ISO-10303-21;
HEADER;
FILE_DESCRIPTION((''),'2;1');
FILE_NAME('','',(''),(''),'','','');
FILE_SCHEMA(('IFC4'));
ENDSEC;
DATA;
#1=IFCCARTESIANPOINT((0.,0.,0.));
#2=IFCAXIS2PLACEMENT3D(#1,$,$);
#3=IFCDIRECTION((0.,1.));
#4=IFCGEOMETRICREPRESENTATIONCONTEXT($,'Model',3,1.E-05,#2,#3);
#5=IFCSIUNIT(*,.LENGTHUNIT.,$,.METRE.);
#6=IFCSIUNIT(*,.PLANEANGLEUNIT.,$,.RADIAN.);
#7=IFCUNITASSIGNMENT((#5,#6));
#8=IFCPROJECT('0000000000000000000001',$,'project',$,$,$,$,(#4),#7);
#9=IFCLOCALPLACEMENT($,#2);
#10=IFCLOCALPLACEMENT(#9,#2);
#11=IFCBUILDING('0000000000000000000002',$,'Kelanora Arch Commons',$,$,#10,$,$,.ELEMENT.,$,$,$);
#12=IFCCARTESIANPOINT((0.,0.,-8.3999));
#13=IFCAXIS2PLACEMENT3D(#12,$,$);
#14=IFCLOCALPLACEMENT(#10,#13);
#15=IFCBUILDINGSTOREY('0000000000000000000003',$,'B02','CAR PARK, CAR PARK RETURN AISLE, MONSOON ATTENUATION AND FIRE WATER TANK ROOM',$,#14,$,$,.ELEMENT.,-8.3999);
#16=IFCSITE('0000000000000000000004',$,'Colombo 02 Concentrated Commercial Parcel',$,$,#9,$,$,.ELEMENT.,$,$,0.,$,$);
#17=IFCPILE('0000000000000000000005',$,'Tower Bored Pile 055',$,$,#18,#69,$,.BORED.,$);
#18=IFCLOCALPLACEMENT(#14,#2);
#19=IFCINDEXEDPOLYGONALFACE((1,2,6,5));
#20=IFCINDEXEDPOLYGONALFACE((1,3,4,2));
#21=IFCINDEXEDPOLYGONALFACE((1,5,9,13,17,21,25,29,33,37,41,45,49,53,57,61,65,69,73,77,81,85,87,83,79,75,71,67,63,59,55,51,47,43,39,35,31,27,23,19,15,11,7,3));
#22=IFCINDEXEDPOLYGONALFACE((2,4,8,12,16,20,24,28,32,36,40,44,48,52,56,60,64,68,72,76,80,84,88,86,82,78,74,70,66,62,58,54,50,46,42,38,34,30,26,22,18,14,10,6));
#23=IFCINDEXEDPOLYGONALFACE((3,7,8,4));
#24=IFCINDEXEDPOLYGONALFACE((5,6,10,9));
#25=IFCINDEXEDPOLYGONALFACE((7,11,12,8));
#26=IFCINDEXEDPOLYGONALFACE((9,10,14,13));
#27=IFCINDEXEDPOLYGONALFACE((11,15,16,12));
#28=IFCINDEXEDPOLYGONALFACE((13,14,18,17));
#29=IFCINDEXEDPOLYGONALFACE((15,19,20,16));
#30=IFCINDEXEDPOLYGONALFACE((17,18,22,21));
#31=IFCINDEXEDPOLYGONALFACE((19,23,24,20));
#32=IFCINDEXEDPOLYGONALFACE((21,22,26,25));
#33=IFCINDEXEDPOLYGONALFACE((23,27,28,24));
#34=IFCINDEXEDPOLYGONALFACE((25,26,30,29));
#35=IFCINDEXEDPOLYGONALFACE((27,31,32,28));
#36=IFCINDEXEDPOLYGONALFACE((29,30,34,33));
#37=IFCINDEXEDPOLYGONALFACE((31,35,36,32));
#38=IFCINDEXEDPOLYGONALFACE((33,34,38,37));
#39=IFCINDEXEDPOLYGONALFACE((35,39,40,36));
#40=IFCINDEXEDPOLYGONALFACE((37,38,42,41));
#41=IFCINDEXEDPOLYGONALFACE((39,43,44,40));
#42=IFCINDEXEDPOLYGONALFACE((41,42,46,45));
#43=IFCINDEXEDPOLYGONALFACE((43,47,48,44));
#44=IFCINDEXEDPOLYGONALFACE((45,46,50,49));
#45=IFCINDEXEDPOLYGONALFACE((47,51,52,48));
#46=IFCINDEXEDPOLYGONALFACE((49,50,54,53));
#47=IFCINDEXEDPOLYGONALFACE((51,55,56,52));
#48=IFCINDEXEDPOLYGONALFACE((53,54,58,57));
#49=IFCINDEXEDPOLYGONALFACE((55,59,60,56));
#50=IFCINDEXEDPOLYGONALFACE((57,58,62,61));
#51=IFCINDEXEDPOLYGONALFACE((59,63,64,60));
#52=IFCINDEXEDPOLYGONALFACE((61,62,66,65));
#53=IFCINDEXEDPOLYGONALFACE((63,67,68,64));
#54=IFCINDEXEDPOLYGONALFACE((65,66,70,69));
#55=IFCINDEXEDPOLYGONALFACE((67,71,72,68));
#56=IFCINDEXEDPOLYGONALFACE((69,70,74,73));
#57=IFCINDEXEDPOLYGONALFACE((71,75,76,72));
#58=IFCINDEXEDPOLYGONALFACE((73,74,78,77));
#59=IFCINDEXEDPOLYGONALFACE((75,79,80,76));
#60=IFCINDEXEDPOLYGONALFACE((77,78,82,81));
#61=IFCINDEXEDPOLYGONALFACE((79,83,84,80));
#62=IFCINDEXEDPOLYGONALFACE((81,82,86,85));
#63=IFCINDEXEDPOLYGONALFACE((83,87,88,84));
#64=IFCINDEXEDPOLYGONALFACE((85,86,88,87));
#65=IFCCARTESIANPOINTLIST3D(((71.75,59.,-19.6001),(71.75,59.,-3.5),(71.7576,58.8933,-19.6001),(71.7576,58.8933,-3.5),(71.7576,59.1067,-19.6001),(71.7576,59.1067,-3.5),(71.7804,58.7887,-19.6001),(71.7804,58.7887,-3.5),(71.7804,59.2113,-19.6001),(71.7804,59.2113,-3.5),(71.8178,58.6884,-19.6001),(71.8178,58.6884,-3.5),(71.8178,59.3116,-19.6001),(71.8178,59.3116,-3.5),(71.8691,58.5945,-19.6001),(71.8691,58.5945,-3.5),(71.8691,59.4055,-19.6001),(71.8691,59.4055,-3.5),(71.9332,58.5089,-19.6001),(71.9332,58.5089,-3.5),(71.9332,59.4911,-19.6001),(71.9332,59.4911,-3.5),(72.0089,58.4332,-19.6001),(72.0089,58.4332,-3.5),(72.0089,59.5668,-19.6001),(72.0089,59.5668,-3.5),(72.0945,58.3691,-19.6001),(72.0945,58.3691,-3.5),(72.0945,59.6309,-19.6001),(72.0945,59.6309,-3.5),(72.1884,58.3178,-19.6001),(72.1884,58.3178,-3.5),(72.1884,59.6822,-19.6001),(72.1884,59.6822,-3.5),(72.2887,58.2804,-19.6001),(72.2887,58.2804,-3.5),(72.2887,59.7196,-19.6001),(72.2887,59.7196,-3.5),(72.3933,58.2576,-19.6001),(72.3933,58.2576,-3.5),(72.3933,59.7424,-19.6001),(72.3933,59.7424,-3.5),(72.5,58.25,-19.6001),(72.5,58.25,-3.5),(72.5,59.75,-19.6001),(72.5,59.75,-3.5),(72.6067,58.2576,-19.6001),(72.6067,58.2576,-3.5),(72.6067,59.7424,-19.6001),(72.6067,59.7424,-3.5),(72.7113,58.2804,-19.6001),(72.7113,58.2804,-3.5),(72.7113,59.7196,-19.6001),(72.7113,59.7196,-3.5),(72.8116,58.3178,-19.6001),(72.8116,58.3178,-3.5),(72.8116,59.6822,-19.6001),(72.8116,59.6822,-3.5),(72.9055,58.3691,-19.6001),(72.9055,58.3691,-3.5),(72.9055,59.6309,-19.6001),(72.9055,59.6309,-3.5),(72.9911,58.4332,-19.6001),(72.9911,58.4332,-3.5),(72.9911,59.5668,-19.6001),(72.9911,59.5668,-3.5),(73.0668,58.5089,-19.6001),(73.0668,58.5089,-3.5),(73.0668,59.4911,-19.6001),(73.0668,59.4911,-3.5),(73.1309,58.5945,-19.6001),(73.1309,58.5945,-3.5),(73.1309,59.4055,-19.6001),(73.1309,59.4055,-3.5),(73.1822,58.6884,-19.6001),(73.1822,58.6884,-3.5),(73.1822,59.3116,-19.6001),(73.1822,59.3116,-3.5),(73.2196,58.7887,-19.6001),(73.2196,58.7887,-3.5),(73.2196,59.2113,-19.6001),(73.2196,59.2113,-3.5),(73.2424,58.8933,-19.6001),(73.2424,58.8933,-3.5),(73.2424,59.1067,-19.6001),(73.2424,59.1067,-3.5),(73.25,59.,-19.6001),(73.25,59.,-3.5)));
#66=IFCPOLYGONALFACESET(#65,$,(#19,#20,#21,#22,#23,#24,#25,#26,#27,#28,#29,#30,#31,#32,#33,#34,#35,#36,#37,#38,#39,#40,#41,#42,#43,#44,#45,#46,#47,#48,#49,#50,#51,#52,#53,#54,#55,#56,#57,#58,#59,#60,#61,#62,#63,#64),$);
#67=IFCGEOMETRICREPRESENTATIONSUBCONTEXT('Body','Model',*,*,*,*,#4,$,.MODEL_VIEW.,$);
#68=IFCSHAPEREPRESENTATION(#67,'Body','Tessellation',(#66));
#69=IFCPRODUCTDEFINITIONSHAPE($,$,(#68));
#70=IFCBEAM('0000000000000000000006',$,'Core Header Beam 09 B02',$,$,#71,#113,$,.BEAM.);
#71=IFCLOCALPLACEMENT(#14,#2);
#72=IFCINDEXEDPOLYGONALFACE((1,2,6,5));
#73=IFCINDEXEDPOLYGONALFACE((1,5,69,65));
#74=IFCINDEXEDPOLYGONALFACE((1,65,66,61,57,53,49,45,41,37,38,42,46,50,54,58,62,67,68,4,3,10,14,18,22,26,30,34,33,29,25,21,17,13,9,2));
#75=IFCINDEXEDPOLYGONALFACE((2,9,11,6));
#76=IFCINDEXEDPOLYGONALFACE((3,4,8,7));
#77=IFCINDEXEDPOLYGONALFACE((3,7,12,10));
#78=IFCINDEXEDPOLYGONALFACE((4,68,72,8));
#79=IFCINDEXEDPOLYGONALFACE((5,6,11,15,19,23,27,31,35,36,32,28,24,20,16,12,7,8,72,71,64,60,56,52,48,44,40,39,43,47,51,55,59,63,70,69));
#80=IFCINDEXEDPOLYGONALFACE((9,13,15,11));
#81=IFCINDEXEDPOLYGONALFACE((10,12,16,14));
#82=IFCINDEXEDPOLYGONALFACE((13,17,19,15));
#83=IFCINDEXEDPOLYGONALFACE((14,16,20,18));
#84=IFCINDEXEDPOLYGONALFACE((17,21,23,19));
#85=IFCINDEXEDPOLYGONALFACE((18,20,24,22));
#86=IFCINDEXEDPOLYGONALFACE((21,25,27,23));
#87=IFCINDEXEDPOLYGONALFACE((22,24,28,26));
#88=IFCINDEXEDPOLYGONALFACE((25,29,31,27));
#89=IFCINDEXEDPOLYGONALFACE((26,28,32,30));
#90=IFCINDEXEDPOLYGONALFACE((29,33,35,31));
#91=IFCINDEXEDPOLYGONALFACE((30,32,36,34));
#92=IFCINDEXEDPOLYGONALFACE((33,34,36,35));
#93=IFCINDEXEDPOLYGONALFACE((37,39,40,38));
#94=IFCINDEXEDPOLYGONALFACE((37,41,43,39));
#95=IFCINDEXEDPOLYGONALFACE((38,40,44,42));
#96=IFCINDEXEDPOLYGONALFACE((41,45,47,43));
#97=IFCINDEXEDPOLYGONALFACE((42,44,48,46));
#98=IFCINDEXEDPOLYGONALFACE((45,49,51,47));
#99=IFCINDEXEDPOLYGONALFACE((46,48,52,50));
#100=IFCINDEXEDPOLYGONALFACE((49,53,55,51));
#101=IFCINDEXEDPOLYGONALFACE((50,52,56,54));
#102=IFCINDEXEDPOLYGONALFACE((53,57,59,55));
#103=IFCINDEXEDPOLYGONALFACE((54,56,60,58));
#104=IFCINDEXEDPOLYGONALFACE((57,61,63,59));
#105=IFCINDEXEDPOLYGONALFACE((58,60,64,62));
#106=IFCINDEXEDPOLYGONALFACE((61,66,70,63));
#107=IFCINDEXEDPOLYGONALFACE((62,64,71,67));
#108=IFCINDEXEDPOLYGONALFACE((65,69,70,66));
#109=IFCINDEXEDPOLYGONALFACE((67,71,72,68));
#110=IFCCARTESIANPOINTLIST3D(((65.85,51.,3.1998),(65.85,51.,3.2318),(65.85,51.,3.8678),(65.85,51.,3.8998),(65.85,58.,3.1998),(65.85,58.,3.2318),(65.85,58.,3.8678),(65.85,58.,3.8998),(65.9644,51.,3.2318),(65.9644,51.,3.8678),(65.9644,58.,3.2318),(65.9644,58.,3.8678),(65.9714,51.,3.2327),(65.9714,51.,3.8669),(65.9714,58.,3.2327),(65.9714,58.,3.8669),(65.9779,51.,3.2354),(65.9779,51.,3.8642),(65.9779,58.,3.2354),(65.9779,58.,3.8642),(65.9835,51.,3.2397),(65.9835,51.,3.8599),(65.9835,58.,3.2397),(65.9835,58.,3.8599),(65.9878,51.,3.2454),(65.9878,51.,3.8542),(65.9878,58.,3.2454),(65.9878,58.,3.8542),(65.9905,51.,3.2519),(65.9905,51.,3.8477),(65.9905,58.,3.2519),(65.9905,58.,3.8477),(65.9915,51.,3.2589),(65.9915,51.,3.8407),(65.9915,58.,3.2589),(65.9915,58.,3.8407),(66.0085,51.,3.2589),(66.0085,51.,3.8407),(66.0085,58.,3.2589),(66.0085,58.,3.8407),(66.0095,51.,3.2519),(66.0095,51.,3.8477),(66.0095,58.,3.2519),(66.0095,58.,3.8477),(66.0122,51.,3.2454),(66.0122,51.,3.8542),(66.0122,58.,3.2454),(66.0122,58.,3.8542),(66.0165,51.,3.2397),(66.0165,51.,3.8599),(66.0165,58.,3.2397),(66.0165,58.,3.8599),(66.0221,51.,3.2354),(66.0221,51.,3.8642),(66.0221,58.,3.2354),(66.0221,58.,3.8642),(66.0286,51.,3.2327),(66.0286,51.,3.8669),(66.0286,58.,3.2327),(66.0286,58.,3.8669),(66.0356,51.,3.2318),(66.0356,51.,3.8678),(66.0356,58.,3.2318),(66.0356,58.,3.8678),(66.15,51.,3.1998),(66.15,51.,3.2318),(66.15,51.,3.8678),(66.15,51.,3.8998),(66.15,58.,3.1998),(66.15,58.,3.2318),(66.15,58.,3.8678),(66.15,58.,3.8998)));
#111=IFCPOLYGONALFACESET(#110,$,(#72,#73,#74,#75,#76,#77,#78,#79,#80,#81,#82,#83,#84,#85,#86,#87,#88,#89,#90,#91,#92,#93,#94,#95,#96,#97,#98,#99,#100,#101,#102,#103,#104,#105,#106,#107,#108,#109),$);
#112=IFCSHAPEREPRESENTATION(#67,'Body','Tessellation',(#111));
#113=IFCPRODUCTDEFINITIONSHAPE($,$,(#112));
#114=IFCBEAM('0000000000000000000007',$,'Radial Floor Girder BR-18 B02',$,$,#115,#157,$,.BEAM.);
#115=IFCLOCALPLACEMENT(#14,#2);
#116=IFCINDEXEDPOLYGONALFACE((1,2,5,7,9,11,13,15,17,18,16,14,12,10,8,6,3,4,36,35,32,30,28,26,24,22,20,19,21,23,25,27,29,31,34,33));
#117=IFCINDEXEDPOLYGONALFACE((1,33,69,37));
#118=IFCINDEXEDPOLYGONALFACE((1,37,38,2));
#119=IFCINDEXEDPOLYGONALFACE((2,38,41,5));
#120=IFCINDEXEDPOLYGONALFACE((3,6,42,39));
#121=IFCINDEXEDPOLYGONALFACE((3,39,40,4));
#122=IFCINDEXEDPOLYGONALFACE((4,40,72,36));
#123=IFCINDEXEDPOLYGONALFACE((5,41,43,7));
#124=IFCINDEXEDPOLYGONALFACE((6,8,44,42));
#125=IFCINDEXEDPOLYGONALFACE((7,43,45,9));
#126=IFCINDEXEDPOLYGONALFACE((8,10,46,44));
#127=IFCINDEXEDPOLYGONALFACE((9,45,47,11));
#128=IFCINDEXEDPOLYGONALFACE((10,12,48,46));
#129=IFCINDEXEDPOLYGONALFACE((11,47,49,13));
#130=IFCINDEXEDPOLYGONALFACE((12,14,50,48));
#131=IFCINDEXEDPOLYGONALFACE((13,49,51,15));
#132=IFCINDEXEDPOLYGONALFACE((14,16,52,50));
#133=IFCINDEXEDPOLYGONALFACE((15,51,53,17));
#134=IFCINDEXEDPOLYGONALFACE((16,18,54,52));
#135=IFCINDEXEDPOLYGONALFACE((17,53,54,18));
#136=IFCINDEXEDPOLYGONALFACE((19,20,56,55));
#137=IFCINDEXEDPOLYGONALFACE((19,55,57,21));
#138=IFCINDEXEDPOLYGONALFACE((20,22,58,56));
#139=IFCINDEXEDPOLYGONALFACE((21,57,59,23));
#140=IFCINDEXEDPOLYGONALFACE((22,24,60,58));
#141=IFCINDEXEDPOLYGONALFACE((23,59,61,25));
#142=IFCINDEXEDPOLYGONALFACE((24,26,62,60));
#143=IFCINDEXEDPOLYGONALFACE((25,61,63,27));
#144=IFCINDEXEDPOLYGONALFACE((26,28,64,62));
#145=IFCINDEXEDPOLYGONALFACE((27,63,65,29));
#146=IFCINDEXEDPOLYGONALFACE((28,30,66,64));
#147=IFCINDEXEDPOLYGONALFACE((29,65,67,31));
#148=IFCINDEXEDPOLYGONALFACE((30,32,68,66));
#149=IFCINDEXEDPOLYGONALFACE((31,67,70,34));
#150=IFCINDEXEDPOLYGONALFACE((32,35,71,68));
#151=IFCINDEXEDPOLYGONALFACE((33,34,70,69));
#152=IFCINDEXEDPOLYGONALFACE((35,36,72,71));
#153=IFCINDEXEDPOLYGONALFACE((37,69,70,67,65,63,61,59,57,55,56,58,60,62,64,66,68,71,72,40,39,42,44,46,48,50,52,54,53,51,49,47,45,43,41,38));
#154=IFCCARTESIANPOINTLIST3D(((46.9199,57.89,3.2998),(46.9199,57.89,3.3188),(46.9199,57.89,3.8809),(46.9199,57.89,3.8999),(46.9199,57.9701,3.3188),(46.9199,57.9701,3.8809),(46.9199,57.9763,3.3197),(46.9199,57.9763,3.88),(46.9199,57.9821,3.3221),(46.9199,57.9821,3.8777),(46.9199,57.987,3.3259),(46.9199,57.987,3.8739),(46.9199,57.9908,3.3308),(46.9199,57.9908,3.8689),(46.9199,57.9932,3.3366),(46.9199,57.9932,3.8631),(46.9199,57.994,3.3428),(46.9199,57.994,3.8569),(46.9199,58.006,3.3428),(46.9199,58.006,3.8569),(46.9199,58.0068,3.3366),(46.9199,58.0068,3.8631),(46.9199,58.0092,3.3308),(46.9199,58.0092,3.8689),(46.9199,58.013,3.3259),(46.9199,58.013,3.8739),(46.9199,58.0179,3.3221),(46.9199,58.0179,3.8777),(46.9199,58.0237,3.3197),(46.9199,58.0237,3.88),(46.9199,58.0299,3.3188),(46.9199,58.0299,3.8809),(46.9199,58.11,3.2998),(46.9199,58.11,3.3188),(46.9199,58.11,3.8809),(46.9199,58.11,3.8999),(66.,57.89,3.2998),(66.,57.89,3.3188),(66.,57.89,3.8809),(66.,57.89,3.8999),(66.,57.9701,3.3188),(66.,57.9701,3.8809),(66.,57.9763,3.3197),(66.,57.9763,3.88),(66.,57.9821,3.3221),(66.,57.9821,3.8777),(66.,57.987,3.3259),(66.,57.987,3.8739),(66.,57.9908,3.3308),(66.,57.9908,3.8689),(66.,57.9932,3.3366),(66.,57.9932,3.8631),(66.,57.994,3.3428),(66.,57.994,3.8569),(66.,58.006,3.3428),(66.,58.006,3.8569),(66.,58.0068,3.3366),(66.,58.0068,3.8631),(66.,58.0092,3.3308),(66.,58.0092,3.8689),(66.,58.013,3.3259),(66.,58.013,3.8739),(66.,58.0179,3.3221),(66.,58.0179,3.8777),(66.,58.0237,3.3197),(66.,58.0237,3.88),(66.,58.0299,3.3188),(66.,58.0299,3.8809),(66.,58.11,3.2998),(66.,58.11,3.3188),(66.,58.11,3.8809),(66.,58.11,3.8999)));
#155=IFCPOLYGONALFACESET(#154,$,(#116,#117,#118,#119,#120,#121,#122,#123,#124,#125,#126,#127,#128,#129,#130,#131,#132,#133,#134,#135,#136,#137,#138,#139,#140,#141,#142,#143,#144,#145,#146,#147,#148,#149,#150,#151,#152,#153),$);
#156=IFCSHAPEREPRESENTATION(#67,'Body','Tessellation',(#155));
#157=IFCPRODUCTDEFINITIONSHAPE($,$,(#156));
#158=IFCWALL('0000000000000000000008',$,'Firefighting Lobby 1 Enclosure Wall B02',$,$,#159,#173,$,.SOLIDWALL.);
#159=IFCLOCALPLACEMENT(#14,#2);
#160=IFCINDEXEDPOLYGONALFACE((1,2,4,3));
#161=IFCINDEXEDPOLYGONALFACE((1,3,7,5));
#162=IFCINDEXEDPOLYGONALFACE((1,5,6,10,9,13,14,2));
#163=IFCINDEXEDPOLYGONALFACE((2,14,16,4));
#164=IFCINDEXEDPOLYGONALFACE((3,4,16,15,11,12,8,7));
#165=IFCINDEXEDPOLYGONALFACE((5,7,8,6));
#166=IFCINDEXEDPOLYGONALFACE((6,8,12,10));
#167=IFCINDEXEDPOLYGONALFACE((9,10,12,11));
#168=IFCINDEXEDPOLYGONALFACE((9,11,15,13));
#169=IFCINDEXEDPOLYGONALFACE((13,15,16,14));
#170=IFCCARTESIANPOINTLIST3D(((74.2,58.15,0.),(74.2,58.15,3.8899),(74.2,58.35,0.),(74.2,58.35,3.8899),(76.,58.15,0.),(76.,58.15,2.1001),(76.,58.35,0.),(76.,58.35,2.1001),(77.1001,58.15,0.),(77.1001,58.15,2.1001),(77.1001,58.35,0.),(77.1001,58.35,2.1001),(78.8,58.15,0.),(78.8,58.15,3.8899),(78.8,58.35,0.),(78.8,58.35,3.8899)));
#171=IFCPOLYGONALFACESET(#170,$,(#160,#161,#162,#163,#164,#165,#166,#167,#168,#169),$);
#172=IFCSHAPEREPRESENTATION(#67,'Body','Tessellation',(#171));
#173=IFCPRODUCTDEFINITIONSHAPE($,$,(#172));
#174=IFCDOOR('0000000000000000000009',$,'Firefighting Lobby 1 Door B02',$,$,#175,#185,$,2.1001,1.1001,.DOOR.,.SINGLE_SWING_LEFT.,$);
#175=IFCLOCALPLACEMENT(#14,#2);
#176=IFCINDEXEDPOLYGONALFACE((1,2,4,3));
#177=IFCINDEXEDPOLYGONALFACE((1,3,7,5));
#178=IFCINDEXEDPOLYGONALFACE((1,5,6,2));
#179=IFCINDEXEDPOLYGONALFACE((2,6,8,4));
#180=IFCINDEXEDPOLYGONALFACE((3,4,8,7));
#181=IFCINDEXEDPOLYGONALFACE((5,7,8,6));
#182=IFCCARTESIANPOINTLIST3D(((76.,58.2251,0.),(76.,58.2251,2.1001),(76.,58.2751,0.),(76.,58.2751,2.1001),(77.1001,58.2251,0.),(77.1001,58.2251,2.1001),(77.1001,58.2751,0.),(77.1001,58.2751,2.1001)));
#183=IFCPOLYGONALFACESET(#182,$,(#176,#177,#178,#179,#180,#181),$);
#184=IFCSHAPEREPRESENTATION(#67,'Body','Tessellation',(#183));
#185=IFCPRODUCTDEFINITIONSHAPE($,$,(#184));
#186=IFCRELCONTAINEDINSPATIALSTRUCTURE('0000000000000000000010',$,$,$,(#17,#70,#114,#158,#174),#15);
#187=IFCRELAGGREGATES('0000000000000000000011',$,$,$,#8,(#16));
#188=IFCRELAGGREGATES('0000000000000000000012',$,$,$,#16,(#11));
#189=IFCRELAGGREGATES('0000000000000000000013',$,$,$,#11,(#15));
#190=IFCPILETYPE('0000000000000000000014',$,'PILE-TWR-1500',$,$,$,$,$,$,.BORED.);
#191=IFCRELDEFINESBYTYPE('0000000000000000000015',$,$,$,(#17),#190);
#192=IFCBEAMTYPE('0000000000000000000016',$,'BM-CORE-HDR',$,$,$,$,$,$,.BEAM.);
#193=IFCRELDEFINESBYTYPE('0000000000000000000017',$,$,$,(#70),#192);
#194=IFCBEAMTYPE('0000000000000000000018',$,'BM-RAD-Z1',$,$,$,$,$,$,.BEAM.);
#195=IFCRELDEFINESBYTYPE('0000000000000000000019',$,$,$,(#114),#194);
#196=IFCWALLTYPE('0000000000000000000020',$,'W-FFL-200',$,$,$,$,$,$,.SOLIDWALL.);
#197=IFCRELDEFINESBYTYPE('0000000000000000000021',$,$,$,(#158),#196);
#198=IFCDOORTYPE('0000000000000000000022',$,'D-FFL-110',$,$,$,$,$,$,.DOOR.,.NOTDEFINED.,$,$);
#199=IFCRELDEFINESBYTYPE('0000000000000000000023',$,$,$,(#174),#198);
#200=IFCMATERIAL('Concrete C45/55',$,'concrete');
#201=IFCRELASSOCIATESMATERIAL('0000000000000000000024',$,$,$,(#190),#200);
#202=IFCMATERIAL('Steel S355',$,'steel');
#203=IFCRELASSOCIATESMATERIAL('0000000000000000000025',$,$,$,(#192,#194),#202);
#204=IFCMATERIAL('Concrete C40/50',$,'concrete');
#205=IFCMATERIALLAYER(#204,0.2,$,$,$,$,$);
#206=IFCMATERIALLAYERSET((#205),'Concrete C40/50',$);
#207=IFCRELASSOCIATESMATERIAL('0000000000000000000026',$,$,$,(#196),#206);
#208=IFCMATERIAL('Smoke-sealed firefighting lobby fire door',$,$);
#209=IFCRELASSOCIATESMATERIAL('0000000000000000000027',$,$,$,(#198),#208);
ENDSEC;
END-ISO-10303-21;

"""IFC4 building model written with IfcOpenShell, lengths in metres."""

from ifc_helpers import new_model, si_unit, direction, frame, frame_2d, origin, origin_2d, place, context, subcontext, project, spatial, rectangle, circle, i_section, extrude, source, transform, mapped, material, layer, layer_set, material_profile, profile_set, type_object, element, fill, save


model = new_model("IFC4")

# Units and contexts
model_context = context("Model", 3, precision=1e-05, world=origin(), true_north=direction((0.0, 1.0)))
body_context = subcontext(model_context, "Body", "Model", "MODEL_VIEW")
ifc_project = project(units=[si_unit("LENGTHUNIT", "METRE"), si_unit("PLANEANGLEUNIT", "RADIAN")], contexts=[model_context])

# Site, building, storey
site_placement = place(None, origin())
site = spatial("IfcSite", under=ifc_project, at=site_placement, Name="Colombo 02 Concentrated Commercial Parcel", CompositionType="ELEMENT", RefElevation=0.0)
building_placement = place(site_placement, origin())
building = spatial("IfcBuilding", under=site, at=building_placement, Name="Kelanora Arch Commons", CompositionType="ELEMENT")
storey_placement = place(building_placement, frame((0.0, 0.0, -8.3999)))
storey = spatial("IfcBuildingStorey", under=building, at=storey_placement, Name="B02", Description="CAR PARK, CAR PARK RETURN AISLE, MONSOON ATTENUATION AND FIRE WATER TANK ROOM", CompositionType="ELEMENT", Elevation=-8.3999)

# Pile
ifc_material_1 = material(Name="Concrete C45/55", Category="concrete")
ifc_material_profile_1 = material_profile(ifc_material_1, circle(Radius=0.75, at=origin_2d()), Name="PILE1500")
ifc_profile_set_1 = profile_set([ifc_material_profile_1], Name="Concrete C45/55")
pile_type = type_object("IfcPileType", Name="PILE-TWR-1500", PredefinedType="BORED", material=ifc_profile_set_1)
shared_shape_1 = source(origin(), body_context, "Body", "SweptSolid", [
    extrude(circle(Radius=0.75, at=origin_2d()), origin(), (0.0, 0.0, 1.0), 16.1001),
])
for number, where, z_axis, x_axis, name in (
    (1, (72.5, 59.0, -3.5), (0.0, 0.0, -1.0), (1.0, 0.0, 0.0), "Tower Bored Pile 055"),
):
    element("IfcPile", number, at=place(storey_placement, frame(where, z_axis=z_axis, x_axis=x_axis)), inside=storey, type_object=pile_type, Name=name, PredefinedType="BORED", context=body_context, shape_type="MappedRepresentation", body=[
        mapped(shared_shape_1, transform((0.0, 0.0, 0.0), scale=1.0)),
    ])

# Beams
ifc_material_2 = material(Name="Steel S355", Category="steel")
ifc_material_profile_2 = material_profile(ifc_material_2, i_section(OverallWidth=0.3, OverallDepth=0.7, WebThickness=0.0171, FlangeThickness=0.032, FilletRadius=0.0271, at=origin_2d()), Name="HEB700")
ifc_profile_set_2 = profile_set([ifc_material_profile_2], Name="Steel S355")
beam_type_1 = type_object("IfcBeamType", Name="BM-CORE-HDR", PredefinedType="BEAM", material=ifc_profile_set_2)
beam_1_placement = place(storey_placement, frame((66.0, 58.0, 3.5498), z_axis=(0.0, -1.0, 0.0), x_axis=(1.0, 0.0, 0.0)))
element("IfcBeam", 2, at=beam_1_placement, inside=storey, type_object=beam_type_1, Name="Core Header Beam 09 B02", PredefinedType="BEAM", context=body_context, shape_type="SweptSolid", body=[
    extrude(i_section(OverallWidth=0.3, OverallDepth=0.7, WebThickness=0.0171, FlangeThickness=0.032, FilletRadius=0.0271, at=origin_2d()), origin(), (0.0, 0.0, 1.0), 7.0),
])
ifc_material_profile_3 = material_profile(ifc_material_2, i_section(OverallWidth=0.22, OverallDepth=0.6001, WebThickness=0.012, FlangeThickness=0.019, FilletRadius=0.0239, at=origin_2d()), Name="IPE600")
ifc_profile_set_3 = profile_set([ifc_material_profile_3], Name="Steel S355")
beam_type_2 = type_object("IfcBeamType", Name="BM-RAD-Z1", PredefinedType="BEAM", material=ifc_profile_set_3)
beam_2_placement = place(storey_placement, frame((66.0, 58.0, 3.5999), z_axis=(-1.0, 0.0, 0.0), x_axis=(0.0, -1.0, 0.0)))
element("IfcBeam", 3, at=beam_2_placement, inside=storey, type_object=beam_type_2, Name="Radial Floor Girder BR-18 B02", PredefinedType="BEAM", context=body_context, shape_type="SweptSolid", body=[
    extrude(i_section(OverallWidth=0.22, OverallDepth=0.6001, WebThickness=0.012, FlangeThickness=0.019, FilletRadius=0.0239, at=origin_2d()), origin(), (0.0, 0.0, 1.0), 19.0801),
])

# Wall, opening, door
ifc_material_3 = material(Name="Concrete C40/50", Category="concrete")
ifc_layer_1 = layer(ifc_material_3, 0.2)
ifc_layer_set_1 = layer_set([ifc_layer_1], Name="Concrete C40/50")
wall_type_1 = type_object("IfcWallType", Name="W-FFL-200", PredefinedType="SOLIDWALL", material=ifc_layer_set_1)
wall_1_placement = place(storey_placement, frame((74.2, 58.25, 0.0), z_axis=(0.0, 0.0, 1.0), x_axis=(1.0, 0.0, 0.0)))
wall_1 = element("IfcWall", 4, at=wall_1_placement, inside=storey, type_object=wall_type_1, Name="Firefighting Lobby 1 Enclosure Wall B02", PredefinedType="SOLIDWALL", context=body_context, shape_type="SweptSolid", body=[
    extrude(rectangle(XDim=4.6001, YDim=0.2, at=frame_2d((2.3, 0.0))), origin(), (0.0, 0.0, 1.0), 3.8899),
])
opening_1_placement = place(wall_1_placement, frame((1.8, 0.0, 0.0)))
opening_1 = element("IfcOpeningElement", 5, at=opening_1_placement, cuts=wall_1, PredefinedType="OPENING", context=body_context, shape_type="SweptSolid", body=[
    extrude(rectangle(XDim=1.1001, YDim=2.1001, at=frame_2d((0.55, 1.05))), frame((0.0, 0.1099, 0.0), z_axis=(0.0, -1.0, 0.0), x_axis=(1.0, 0.0, 0.0)), (0.0, 0.0, 1.0), 0.22),
])
ifc_material_4 = material(Name="Smoke-sealed firefighting lobby fire door")
door_type_1 = type_object("IfcDoorType", Name="D-FFL-110", OperationType="NOTDEFINED", PredefinedType="DOOR", material=ifc_material_4)
door_1_placement = place(opening_1_placement, frame((1.1001, 0.0, 0.0), z_axis=(0.0, 0.0, 1.0), x_axis=(-1.0, 0.0, 0.0)))
door_1 = element("IfcDoor", 6, at=door_1_placement, inside=storey, type_object=door_type_1, Name="Firefighting Lobby 1 Door B02", OperationType="SINGLE_SWING_LEFT", OverallHeight=2.1001, OverallWidth=1.1001, PredefinedType="DOOR", context=body_context, shape_type="SweptSolid", body=[
    extrude(rectangle(XDim=1.1001, YDim=2.1001, at=frame_2d((0.55, 1.05))), frame((0.0, 0.0249, 0.0), z_axis=(0.0, -1.0, 0.0), x_axis=(1.0, 0.0, 0.0)), (0.0, 0.0, 1.0), 0.05),
])
fill(opening_1, door_1)

save(model, "model.ifc")
